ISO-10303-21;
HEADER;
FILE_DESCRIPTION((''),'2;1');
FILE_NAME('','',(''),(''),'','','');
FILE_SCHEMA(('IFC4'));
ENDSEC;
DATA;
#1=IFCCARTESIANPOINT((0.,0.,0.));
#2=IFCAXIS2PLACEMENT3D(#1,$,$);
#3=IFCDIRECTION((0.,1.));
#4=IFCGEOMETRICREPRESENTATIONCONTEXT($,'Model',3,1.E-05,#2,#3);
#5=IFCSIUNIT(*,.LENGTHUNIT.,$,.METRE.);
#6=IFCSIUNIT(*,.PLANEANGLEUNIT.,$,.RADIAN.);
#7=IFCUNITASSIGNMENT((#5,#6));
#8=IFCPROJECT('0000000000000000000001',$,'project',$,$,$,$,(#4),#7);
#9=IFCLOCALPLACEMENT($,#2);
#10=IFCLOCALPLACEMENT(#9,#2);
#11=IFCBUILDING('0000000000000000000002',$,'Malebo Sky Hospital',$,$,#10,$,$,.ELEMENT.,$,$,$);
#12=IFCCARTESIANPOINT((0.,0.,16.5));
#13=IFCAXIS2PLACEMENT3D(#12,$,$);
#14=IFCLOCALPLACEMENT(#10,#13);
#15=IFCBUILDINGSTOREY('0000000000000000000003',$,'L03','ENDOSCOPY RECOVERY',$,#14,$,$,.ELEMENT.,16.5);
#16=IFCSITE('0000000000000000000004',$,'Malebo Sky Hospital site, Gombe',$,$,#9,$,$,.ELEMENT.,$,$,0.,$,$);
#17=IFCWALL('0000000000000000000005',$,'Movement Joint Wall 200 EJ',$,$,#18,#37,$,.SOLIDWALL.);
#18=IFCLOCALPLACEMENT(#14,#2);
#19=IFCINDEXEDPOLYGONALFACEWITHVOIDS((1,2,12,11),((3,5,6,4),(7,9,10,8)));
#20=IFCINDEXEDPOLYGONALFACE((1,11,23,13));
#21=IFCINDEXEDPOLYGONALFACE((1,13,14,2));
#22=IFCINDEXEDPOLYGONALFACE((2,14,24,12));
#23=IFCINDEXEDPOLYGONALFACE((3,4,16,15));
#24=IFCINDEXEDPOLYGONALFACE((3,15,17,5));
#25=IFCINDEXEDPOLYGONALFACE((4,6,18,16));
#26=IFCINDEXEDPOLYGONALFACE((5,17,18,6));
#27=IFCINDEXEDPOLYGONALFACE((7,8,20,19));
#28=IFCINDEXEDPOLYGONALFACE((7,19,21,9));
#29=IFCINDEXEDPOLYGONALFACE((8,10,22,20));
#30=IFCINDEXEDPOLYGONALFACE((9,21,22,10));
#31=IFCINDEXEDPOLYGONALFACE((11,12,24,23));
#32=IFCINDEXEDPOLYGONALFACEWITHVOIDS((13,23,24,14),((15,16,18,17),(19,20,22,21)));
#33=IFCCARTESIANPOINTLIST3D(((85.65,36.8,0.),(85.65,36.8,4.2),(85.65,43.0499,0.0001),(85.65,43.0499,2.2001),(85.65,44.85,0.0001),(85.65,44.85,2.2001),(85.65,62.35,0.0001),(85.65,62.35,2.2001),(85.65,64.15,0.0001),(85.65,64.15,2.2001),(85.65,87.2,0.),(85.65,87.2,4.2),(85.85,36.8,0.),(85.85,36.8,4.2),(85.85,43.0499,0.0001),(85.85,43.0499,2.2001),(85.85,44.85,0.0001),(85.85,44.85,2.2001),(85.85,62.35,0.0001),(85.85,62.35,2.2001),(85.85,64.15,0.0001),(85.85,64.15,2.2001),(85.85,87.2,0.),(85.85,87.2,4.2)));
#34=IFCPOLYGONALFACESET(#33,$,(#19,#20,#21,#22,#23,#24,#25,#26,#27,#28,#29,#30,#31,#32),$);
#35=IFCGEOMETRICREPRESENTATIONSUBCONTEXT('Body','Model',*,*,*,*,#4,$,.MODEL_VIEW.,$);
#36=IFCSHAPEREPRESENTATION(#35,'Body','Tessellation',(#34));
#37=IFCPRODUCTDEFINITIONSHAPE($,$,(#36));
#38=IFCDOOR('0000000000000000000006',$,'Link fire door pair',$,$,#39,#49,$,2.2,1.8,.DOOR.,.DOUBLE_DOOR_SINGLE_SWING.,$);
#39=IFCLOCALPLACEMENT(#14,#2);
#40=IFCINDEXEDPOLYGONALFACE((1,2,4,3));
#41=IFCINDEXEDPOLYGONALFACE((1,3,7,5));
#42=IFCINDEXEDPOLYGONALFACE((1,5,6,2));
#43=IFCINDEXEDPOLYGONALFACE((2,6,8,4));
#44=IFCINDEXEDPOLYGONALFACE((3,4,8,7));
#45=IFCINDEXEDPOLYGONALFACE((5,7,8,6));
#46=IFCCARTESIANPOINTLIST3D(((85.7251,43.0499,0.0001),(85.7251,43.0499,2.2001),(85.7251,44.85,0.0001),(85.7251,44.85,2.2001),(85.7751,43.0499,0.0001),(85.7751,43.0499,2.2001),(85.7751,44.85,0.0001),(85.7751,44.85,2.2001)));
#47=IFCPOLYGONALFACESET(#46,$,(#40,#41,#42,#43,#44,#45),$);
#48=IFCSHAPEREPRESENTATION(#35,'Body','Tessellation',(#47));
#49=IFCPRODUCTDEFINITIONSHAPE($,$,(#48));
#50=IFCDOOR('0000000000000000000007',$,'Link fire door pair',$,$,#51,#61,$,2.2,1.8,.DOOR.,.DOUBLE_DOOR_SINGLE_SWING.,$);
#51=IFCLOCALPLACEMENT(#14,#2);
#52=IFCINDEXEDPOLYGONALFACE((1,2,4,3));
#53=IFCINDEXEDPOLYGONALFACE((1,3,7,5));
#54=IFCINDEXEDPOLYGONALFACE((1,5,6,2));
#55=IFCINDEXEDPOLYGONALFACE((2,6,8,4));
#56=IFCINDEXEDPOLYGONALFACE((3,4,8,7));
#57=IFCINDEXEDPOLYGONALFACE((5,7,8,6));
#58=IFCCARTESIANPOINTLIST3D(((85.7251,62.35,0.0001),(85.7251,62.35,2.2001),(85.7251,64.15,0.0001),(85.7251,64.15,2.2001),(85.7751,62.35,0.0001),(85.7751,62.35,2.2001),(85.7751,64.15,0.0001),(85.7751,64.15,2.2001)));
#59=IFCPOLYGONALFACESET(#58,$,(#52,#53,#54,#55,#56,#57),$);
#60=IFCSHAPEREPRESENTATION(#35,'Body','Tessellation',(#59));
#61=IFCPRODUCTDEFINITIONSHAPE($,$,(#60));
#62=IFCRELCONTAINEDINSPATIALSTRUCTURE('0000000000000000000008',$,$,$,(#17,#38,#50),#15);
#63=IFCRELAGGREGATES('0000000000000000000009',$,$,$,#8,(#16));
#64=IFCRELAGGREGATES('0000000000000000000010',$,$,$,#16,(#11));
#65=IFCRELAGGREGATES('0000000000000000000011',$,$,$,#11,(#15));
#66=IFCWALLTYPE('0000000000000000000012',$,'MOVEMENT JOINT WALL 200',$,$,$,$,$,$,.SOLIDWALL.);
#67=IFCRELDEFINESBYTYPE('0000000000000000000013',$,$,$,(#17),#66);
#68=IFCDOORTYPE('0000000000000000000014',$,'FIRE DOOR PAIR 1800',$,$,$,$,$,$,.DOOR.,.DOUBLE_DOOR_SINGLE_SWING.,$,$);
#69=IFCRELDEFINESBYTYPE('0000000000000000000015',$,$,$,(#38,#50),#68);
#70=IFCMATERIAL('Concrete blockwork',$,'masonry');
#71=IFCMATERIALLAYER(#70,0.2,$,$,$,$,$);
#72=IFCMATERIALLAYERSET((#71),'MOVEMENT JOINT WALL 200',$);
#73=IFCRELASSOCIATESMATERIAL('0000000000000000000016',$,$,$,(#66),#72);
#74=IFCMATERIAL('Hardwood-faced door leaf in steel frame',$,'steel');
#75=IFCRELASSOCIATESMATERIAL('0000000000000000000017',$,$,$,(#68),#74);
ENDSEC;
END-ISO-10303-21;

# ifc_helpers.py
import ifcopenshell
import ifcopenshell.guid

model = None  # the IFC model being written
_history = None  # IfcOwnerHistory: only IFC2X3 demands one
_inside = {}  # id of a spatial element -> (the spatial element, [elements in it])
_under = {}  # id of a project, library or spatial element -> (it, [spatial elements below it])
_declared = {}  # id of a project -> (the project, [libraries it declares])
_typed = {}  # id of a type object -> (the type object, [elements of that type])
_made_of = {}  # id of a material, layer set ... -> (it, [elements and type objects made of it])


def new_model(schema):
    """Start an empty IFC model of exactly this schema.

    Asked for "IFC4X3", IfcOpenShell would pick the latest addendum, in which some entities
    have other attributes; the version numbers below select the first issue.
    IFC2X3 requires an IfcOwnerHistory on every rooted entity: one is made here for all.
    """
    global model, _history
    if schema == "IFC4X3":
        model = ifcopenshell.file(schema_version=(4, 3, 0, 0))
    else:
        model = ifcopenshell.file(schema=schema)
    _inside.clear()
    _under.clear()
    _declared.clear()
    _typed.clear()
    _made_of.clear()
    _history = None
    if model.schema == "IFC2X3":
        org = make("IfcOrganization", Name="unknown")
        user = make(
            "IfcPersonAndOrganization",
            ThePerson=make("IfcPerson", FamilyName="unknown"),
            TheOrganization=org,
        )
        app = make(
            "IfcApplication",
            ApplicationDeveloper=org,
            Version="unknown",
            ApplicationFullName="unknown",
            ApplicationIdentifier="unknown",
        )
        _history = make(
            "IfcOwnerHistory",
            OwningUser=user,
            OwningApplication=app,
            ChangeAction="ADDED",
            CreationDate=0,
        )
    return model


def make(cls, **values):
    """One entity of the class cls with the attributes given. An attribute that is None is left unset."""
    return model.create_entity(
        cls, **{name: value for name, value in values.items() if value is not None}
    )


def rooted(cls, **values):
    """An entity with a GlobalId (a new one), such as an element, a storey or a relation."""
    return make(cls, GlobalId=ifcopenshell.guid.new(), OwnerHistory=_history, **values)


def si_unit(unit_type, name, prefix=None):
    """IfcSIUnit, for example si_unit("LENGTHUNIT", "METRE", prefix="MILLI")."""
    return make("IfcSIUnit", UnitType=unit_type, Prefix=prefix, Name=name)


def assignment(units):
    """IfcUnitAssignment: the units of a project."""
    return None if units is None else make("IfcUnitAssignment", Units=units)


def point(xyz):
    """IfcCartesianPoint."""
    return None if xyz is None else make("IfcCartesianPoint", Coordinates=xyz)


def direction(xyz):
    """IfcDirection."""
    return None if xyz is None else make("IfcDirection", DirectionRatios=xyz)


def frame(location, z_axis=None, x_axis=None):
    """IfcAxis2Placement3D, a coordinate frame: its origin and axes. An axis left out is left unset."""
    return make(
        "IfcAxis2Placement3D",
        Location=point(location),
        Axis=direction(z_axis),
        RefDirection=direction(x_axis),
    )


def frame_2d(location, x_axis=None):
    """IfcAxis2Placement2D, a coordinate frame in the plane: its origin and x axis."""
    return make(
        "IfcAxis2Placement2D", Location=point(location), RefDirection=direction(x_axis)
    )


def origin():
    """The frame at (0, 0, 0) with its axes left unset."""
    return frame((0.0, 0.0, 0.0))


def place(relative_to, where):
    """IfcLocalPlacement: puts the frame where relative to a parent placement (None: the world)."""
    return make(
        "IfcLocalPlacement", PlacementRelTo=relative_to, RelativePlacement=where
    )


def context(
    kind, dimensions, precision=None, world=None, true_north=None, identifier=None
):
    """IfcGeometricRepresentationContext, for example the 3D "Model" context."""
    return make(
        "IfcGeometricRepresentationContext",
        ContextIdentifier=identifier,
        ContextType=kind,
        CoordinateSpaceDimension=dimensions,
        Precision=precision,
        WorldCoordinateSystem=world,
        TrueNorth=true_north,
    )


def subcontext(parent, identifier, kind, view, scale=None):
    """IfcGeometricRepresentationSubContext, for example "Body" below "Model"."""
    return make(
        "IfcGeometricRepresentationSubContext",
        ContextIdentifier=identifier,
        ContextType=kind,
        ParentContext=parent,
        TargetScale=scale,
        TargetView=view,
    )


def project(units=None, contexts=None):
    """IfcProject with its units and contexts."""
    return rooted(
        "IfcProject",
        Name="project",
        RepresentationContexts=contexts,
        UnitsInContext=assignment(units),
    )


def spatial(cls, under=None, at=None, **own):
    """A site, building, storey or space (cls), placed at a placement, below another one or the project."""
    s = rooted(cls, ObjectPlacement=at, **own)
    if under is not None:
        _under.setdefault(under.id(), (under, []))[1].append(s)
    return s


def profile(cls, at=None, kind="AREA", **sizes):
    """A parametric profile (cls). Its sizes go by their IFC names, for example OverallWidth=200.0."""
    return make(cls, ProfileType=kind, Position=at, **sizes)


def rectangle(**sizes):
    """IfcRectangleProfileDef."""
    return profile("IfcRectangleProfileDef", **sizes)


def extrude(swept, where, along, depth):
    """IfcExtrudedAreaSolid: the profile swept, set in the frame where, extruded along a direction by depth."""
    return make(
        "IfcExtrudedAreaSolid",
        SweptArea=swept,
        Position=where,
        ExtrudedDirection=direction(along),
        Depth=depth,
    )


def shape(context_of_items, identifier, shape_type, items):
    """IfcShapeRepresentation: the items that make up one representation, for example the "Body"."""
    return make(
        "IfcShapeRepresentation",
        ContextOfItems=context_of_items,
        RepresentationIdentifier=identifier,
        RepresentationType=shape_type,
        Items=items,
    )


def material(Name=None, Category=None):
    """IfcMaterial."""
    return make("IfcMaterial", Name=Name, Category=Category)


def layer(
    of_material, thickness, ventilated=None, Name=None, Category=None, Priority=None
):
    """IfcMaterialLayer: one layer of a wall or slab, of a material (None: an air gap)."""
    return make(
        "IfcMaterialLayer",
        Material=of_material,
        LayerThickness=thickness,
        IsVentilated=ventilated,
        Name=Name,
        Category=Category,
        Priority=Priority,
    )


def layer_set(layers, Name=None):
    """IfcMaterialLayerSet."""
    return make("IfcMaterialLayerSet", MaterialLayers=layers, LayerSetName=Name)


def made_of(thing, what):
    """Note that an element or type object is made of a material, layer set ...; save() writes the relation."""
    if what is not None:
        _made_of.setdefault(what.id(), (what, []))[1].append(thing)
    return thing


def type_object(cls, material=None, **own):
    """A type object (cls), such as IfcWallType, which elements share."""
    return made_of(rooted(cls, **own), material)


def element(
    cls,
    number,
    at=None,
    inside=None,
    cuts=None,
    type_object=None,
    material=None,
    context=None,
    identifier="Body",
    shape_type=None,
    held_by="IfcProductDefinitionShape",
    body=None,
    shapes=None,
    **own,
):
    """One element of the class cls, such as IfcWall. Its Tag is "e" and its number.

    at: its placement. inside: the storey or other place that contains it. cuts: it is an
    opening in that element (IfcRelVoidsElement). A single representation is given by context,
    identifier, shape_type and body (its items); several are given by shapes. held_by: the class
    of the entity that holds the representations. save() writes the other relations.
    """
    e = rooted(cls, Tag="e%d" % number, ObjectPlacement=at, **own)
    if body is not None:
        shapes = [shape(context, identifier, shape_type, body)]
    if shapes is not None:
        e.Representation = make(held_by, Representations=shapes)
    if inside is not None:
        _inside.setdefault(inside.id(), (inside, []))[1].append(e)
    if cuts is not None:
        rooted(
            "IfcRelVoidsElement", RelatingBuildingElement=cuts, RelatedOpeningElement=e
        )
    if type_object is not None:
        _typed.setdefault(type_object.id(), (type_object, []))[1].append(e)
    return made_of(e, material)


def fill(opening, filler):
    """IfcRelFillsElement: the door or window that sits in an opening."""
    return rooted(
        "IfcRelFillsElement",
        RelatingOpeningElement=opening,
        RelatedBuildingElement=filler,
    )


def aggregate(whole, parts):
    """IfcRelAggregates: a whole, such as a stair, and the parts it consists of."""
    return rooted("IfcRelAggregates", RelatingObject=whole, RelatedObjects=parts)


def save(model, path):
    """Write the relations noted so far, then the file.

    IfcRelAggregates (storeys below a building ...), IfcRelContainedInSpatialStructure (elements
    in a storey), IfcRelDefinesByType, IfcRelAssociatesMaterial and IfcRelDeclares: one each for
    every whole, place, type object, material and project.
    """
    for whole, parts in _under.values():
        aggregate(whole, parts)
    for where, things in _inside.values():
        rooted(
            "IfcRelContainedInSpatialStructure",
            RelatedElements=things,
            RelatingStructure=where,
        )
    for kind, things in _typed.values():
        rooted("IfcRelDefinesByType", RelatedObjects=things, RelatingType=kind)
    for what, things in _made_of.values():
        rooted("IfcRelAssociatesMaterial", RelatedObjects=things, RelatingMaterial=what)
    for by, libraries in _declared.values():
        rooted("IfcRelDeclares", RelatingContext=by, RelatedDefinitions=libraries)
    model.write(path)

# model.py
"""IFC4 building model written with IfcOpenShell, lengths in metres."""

from ifc_helpers import new_model, si_unit, direction, frame, frame_2d, origin, place, context, subcontext, project, spatial, rectangle, extrude, material, layer, layer_set, type_object, element, fill, save


model = new_model("IFC4")

# Units and contexts
model_context = context("Model", 3, precision=1e-05, world=origin(), true_north=direction((0.0, 1.0)))
body_context = subcontext(model_context, "Body", "Model", "MODEL_VIEW")
ifc_project = project(units=[si_unit("LENGTHUNIT", "METRE"), si_unit("PLANEANGLEUNIT", "RADIAN")], contexts=[model_context])

# Site, building, storey
site_placement = place(None, origin())
site = spatial("IfcSite", under=ifc_project, at=site_placement, Name="Malebo Sky Hospital site, Gombe", CompositionType="ELEMENT", RefElevation=0.0)
building_placement = place(site_placement, origin())
building = spatial("IfcBuilding", under=site, at=building_placement, Name="Malebo Sky Hospital", CompositionType="ELEMENT")
storey_placement = place(building_placement, frame((0.0, 0.0, 16.5)))
storey = spatial("IfcBuildingStorey", under=building, at=storey_placement, Name="L03", Description="ENDOSCOPY RECOVERY", CompositionType="ELEMENT", Elevation=16.5)

# Wall, openings, doors
ifc_material_1 = material(Name="Concrete blockwork", Category="masonry")
ifc_layer_1 = layer(ifc_material_1, 0.2)
ifc_layer_set_1 = layer_set([ifc_layer_1], Name="MOVEMENT JOINT WALL 200")
wall_type = type_object("IfcWallType", Name="MOVEMENT JOINT WALL 200", PredefinedType="SOLIDWALL", material=ifc_layer_set_1)
wall_placement = place(storey_placement, frame((85.75, 36.8, 0.0), z_axis=(0.0, 0.0, 1.0), x_axis=(0.0, 1.0, 0.0)))
wall = element("IfcWall", 1, at=wall_placement, inside=storey, type_object=wall_type, Name="Movement Joint Wall 200 EJ", PredefinedType="SOLIDWALL", context=body_context, shape_type="SweptSolid", body=[
    extrude(rectangle(XDim=50.3999, YDim=0.2, at=frame_2d((25.2, 0.0))), origin(), (0.0, 0.0, 1.0), 4.2),
])
opening_1_placement = place(wall_placement, frame((6.25, 0.0, 0.0)))
opening_1 = element("IfcOpeningElement", 2, at=opening_1_placement, cuts=wall, PredefinedType="OPENING", context=body_context, shape_type="SweptSolid", body=[
    extrude(rectangle(XDim=1.8, YDim=2.2, at=frame_2d((0.8999, 1.1001))), frame((0.0, 0.1099, 0.0), z_axis=(0.0, -1.0, 0.0), x_axis=(1.0, 0.0, 0.0)), (0.0, 0.0, 1.0), 0.22),
])
opening_2_placement = place(wall_placement, frame((25.55, 0.0, 0.0)))
opening_2 = element("IfcOpeningElement", 3, at=opening_2_placement, cuts=wall, PredefinedType="OPENING", context=body_context, shape_type="SweptSolid", body=[
    extrude(rectangle(XDim=1.8, YDim=2.2, at=frame_2d((0.8999, 1.1001))), frame((0.0, 0.1099, 0.0), z_axis=(0.0, -1.0, 0.0), x_axis=(1.0, 0.0, 0.0)), (0.0, 0.0, 1.0), 0.22),
])
ifc_material_2 = material(Name="Hardwood-faced door leaf in steel frame", Category="steel")
door_type = type_object("IfcDoorType", Name="FIRE DOOR PAIR 1800", OperationType="DOUBLE_DOOR_SINGLE_SWING", PredefinedType="DOOR", material=ifc_material_2)
door_1_placement = place(opening_1_placement, origin())
door_1 = element("IfcDoor", 4, at=door_1_placement, inside=storey, type_object=door_type, Name="Link fire door pair", OperationType="DOUBLE_DOOR_SINGLE_SWING", OverallHeight=2.2, OverallWidth=1.8, PredefinedType="DOOR", context=body_context, shape_type="SweptSolid", body=[
    extrude(rectangle(XDim=1.8, YDim=2.2, at=frame_2d((0.8999, 1.1001))), frame((0.0, 0.0249, 0.0), z_axis=(0.0, -1.0, 0.0), x_axis=(1.0, 0.0, 0.0)), (0.0, 0.0, 1.0), 0.05),
])
fill(opening_1, door_1)
door_2_placement = place(opening_2_placement, origin())
door_2 = element("IfcDoor", 5, at=door_2_placement, inside=storey, type_object=door_type, Name="Link fire door pair", OperationType="DOUBLE_DOOR_SINGLE_SWING", OverallHeight=2.2, OverallWidth=1.8, PredefinedType="DOOR", context=body_context, shape_type="SweptSolid", body=[
    extrude(rectangle(XDim=1.8, YDim=2.2, at=frame_2d((0.8999, 1.1001))), frame((0.0, 0.0249, 0.0), z_axis=(0.0, -1.0, 0.0), x_axis=(1.0, 0.0, 0.0)), (0.0, 0.0, 1.0), 0.05),
])
fill(opening_2, door_2)

save(model, "model.ifc")
